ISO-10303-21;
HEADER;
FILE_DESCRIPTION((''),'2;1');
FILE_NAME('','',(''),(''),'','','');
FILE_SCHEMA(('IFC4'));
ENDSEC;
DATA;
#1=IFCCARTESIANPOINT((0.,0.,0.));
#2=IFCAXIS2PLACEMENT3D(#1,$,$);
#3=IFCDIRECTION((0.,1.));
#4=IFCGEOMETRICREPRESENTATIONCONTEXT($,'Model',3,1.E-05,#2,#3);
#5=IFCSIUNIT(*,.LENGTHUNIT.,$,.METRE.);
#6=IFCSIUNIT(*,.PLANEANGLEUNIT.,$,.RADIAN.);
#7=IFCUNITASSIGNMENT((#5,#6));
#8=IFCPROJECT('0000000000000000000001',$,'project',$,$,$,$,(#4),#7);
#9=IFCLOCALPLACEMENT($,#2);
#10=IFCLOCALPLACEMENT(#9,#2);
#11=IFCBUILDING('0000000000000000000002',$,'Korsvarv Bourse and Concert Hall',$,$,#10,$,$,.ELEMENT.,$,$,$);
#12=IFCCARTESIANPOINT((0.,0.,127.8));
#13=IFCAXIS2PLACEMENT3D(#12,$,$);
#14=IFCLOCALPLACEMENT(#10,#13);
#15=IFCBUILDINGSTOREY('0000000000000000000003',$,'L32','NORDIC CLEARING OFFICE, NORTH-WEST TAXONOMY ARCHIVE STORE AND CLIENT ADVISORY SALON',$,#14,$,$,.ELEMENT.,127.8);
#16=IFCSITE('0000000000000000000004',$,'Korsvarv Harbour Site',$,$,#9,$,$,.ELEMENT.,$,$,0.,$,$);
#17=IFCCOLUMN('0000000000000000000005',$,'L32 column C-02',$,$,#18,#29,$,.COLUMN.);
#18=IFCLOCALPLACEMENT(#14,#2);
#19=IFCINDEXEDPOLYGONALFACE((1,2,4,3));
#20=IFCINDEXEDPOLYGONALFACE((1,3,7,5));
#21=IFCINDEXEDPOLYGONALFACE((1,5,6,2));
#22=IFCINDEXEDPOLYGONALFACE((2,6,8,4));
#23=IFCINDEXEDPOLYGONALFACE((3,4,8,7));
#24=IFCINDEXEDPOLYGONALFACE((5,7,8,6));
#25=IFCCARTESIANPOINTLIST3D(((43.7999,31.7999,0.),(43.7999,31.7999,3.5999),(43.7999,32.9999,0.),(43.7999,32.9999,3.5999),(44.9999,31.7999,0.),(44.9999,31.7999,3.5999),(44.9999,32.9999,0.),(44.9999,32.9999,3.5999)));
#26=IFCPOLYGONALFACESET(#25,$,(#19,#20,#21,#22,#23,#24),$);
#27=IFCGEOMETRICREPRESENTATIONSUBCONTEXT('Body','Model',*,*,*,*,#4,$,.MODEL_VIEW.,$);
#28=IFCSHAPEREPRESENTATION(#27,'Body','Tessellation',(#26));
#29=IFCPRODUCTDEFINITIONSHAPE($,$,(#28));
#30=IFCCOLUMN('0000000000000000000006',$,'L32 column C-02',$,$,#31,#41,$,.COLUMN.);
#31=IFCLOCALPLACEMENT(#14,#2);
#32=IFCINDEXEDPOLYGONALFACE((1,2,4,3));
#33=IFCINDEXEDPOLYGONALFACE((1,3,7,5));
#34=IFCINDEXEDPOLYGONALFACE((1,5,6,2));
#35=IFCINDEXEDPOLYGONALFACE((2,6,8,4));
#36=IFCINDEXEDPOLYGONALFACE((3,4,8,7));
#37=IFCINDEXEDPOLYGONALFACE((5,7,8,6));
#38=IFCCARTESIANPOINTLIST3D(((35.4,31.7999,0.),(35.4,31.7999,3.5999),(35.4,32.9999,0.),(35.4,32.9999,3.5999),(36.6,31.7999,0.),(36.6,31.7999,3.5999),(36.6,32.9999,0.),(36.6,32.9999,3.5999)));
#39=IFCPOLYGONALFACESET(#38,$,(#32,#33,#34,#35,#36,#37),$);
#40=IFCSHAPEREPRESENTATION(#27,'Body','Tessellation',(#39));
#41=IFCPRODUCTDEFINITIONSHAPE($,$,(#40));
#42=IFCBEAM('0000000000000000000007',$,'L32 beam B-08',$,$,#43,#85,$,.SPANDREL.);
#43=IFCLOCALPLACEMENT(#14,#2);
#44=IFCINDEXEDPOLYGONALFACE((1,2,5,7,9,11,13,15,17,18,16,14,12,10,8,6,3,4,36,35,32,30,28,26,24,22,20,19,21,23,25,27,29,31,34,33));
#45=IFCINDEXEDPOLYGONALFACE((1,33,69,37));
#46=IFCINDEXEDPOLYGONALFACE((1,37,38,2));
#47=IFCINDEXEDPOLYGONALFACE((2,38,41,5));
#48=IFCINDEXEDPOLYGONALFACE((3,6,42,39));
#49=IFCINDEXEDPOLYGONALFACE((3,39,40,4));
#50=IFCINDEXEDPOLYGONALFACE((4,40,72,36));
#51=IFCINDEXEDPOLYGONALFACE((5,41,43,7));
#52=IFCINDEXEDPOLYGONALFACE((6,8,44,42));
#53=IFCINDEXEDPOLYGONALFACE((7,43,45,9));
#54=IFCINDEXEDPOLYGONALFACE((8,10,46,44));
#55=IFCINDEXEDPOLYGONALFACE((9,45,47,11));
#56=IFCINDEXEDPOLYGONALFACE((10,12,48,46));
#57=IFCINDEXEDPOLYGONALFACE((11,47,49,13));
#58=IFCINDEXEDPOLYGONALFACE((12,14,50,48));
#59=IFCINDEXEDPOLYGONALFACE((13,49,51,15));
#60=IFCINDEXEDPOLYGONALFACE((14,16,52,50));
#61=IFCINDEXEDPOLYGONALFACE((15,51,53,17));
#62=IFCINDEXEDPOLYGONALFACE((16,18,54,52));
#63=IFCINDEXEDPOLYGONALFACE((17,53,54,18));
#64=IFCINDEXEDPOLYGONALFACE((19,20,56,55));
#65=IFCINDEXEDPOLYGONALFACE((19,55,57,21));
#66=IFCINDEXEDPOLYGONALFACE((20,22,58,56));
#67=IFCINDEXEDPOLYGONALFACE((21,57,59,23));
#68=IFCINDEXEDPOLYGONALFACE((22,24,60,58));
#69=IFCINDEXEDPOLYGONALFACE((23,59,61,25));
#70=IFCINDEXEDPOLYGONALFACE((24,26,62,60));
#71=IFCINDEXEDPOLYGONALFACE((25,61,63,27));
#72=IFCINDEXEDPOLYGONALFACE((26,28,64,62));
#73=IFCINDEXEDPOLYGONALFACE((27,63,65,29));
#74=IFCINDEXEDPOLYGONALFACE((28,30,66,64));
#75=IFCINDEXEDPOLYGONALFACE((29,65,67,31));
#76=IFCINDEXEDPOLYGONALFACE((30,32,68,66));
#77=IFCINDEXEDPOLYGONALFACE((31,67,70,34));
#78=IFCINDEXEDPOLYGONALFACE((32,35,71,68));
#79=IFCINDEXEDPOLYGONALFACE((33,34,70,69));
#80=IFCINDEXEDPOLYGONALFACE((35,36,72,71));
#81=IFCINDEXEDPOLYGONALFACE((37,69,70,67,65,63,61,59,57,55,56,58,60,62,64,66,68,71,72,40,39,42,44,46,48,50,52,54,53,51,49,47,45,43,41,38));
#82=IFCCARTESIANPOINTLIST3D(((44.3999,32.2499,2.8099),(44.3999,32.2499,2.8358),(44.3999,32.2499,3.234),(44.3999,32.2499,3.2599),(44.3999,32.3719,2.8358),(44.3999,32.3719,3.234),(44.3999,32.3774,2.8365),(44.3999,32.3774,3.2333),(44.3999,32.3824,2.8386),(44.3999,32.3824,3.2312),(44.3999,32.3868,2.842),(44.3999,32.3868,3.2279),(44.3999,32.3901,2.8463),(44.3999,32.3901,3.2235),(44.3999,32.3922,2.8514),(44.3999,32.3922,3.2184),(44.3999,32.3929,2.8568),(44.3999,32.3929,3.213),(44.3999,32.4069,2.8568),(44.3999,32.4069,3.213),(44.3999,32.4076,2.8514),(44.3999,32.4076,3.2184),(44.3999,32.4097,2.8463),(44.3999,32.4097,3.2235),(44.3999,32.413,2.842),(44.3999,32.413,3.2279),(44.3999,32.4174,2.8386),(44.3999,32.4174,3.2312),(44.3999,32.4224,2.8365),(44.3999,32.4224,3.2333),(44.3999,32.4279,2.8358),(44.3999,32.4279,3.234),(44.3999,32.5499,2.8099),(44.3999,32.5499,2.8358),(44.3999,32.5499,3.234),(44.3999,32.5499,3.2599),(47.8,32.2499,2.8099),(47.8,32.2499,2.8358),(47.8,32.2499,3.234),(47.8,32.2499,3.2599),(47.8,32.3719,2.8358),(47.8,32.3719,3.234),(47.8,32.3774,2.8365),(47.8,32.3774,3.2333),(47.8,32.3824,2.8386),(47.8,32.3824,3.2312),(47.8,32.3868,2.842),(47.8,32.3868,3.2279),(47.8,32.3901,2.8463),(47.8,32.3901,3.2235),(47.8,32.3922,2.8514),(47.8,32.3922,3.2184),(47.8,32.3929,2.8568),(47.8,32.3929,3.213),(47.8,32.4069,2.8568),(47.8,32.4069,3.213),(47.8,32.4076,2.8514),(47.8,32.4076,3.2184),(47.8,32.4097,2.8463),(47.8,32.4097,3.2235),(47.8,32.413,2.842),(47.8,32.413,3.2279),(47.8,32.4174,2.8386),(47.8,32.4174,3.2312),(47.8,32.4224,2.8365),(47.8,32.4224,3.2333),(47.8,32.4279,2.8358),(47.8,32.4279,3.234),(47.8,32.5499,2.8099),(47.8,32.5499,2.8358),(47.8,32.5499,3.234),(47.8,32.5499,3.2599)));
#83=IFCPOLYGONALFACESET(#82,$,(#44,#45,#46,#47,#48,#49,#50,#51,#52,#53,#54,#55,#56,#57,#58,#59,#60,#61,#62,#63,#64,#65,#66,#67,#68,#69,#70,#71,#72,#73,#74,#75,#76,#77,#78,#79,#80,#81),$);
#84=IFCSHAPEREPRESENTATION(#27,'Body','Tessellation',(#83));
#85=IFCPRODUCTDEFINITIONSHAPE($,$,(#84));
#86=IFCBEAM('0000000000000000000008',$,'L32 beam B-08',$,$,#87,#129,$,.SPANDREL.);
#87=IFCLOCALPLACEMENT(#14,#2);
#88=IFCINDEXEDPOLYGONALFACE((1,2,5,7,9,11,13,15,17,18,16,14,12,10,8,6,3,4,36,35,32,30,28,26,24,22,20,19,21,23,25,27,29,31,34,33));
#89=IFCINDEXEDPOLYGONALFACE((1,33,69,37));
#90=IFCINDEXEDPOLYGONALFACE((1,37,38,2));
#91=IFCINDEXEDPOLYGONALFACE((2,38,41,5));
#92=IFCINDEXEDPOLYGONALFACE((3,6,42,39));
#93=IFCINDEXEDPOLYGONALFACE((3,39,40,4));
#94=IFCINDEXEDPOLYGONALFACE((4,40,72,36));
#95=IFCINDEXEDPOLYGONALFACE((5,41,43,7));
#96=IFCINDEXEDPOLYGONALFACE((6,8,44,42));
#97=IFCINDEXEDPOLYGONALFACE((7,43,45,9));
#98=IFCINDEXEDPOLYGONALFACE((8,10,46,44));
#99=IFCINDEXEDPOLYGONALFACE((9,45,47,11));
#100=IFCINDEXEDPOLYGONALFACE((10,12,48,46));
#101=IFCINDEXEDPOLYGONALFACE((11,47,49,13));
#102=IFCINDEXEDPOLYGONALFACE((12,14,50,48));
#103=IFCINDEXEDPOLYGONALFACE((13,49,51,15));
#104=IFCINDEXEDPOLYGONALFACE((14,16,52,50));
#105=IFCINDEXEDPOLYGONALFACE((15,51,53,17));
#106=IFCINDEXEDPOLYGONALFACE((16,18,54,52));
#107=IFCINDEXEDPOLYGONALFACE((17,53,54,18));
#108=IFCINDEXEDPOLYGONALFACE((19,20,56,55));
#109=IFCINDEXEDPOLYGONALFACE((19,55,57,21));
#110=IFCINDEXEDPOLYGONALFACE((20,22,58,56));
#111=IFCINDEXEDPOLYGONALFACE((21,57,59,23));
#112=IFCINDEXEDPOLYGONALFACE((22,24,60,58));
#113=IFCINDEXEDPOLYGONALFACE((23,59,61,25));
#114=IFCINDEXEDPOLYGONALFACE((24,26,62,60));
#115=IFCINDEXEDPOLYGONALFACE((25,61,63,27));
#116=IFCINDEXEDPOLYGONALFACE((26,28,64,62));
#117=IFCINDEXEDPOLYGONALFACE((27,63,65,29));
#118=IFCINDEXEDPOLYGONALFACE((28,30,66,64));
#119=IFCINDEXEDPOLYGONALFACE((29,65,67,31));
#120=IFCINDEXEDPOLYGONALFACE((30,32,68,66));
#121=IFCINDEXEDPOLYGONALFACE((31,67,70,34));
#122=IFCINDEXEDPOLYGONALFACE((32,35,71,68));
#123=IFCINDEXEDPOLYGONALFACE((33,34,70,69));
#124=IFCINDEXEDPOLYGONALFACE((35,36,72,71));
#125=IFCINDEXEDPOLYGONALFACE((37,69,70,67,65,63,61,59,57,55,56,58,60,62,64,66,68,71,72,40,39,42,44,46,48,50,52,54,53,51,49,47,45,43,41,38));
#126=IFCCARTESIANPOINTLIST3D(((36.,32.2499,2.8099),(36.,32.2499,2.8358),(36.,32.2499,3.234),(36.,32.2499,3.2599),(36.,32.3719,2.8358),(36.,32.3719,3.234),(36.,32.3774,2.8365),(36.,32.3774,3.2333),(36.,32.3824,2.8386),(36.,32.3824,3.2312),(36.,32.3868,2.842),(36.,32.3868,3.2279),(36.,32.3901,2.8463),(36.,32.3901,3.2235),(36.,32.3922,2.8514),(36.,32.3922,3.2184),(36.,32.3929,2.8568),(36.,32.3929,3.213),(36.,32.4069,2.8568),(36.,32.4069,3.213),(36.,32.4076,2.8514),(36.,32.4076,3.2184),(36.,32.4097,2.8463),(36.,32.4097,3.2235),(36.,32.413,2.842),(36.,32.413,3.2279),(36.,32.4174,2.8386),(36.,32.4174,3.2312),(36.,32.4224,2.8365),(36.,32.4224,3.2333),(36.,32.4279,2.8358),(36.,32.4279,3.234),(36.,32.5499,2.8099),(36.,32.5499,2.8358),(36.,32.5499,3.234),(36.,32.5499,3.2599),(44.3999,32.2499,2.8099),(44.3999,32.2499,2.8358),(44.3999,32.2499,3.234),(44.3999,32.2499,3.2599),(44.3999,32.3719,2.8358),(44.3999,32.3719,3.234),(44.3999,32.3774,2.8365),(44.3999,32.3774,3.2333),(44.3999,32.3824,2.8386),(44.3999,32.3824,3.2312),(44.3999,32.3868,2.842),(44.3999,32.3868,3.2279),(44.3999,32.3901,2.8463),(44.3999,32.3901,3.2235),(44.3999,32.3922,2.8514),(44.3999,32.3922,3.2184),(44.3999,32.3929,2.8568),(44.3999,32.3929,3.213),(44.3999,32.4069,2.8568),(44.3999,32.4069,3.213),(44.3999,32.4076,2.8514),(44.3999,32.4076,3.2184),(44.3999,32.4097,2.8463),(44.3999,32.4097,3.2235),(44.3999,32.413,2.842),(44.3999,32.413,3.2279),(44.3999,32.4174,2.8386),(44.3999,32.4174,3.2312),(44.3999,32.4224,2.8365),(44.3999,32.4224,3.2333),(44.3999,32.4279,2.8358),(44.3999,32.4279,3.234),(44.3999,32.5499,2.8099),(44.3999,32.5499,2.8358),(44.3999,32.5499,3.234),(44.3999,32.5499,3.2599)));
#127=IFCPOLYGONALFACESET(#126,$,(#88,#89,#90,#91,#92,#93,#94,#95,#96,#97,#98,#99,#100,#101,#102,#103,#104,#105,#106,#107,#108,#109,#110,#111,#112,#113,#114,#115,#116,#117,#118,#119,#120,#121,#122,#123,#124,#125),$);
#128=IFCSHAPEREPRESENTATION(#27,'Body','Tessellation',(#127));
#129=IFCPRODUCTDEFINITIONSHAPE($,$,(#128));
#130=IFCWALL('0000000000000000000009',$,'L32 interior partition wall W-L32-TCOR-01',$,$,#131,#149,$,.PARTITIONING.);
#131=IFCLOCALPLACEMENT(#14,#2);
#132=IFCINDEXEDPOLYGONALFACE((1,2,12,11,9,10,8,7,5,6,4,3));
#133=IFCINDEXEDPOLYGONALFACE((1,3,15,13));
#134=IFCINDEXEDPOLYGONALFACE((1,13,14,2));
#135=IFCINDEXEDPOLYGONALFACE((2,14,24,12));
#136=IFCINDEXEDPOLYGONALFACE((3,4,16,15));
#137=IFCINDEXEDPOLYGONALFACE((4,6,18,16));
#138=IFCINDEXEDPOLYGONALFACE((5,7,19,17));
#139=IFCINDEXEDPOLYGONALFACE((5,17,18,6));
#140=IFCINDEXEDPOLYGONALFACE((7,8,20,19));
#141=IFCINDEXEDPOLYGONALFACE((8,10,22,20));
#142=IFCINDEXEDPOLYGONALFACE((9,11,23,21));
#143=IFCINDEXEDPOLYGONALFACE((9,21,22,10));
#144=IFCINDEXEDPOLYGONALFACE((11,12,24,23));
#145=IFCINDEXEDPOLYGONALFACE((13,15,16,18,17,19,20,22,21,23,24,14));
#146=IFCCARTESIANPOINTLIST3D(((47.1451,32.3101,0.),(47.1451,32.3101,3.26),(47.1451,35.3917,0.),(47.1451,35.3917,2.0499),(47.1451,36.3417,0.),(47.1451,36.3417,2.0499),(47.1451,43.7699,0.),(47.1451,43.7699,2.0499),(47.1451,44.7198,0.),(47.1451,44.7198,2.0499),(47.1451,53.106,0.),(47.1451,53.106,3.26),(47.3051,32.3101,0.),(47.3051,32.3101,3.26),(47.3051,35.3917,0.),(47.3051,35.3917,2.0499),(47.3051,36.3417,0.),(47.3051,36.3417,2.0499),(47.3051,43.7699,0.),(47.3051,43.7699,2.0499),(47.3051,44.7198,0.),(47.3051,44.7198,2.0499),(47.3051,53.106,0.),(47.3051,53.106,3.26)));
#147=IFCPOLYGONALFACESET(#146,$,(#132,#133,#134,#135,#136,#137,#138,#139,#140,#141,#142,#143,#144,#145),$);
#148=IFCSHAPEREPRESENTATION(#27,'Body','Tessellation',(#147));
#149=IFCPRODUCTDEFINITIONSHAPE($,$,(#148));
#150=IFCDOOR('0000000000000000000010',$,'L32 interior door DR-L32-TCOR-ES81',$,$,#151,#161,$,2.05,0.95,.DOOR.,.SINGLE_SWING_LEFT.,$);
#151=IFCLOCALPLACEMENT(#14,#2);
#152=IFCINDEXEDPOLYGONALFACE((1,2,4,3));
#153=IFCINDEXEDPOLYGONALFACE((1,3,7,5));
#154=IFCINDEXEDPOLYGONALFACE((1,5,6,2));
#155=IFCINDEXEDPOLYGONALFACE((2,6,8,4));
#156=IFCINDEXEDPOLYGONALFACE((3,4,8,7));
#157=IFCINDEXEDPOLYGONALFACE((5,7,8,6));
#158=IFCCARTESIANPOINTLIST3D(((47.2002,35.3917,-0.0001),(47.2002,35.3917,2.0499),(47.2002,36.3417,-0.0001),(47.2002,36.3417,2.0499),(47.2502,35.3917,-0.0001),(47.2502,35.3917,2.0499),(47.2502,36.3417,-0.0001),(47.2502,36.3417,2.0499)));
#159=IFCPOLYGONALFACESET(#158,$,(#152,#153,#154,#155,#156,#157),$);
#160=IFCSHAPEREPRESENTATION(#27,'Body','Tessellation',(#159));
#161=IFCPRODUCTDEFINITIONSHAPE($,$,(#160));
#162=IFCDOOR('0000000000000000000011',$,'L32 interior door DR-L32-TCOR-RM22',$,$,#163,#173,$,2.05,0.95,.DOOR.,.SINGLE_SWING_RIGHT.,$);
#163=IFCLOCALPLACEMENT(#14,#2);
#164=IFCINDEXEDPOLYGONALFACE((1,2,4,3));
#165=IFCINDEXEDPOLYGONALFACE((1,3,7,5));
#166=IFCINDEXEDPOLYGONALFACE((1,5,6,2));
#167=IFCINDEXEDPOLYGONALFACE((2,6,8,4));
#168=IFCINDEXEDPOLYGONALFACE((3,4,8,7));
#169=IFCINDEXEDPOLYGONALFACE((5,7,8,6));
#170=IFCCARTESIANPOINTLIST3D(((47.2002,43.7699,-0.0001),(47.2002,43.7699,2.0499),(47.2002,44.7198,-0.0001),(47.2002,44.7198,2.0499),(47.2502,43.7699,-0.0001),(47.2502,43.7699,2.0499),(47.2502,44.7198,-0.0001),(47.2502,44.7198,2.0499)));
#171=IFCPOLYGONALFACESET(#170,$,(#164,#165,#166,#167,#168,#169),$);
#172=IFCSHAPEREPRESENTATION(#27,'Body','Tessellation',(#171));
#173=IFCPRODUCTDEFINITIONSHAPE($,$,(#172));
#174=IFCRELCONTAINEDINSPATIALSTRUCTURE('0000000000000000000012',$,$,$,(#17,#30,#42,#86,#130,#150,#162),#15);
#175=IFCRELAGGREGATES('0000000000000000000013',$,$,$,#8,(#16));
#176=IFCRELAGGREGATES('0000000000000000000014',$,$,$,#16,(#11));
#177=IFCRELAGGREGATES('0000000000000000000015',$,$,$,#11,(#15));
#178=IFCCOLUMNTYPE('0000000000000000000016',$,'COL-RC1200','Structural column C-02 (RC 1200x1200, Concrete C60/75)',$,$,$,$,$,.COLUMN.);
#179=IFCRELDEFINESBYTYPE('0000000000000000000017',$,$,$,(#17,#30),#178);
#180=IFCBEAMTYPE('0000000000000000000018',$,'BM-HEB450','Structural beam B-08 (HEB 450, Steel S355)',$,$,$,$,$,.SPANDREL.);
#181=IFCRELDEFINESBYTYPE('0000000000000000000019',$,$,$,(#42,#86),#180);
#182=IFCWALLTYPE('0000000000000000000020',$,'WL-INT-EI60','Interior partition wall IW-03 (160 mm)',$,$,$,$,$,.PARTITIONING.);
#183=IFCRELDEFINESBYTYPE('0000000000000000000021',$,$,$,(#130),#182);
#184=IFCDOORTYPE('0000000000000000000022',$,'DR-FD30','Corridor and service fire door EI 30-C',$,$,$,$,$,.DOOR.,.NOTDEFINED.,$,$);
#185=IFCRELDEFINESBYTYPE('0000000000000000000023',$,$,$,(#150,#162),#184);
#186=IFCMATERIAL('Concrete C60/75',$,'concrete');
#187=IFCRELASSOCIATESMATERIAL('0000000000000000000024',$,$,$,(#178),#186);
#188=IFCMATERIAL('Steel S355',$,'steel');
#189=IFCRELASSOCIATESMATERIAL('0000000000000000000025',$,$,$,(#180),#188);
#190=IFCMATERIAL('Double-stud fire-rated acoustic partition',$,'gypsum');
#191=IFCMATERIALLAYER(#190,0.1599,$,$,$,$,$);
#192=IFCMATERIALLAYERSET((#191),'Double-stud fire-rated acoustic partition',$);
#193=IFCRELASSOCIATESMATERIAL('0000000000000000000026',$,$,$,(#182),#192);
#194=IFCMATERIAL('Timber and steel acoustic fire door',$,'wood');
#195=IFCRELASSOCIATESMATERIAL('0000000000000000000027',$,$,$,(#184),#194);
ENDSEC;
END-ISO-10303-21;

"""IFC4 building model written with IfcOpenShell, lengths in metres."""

from ifc_helpers import new_model, si_unit, direction, frame, frame_2d, origin, origin_2d, place, context, subcontext, project, spatial, rectangle, i_section, extrude, source, transform, mapped, material, layer, layer_set, material_profile, profile_set, type_object, element, fill, save


model = new_model("IFC4")

# Units and contexts
model_context = context("Model", 3, precision=1e-05, world=origin(), true_north=direction((0.0, 1.0)))
body_context = subcontext(model_context, "Body", "Model", "MODEL_VIEW")
ifc_project = project(units=[si_unit("LENGTHUNIT", "METRE"), si_unit("PLANEANGLEUNIT", "RADIAN")], contexts=[model_context])

# Site, building, storey
site_placement = place(None, origin())
site = spatial("IfcSite", under=ifc_project, at=site_placement, Name="Korsvarv Harbour Site", CompositionType="ELEMENT", RefElevation=0.0)
building_placement = place(site_placement, origin())
building = spatial("IfcBuilding", under=site, at=building_placement, Name="Korsvarv Bourse and Concert Hall", CompositionType="ELEMENT")
storey_placement = place(building_placement, frame((0.0, 0.0, 127.8)))
storey = spatial("IfcBuildingStorey", under=building, at=storey_placement, Name="L32", Description="NORDIC CLEARING OFFICE, NORTH-WEST TAXONOMY ARCHIVE STORE AND CLIENT ADVISORY SALON", CompositionType="ELEMENT", Elevation=127.8)

# Columns
ifc_material_1 = material(Name="Concrete C60/75", Category="concrete")
ifc_material_profile_1 = material_profile(ifc_material_1, rectangle(XDim=1.2, YDim=1.2, at=origin_2d()), Name="RC 1200x1200")
ifc_profile_set_1 = profile_set([ifc_material_profile_1], Name="Concrete C60/75")
column_type = type_object("IfcColumnType", Name="COL-RC1200", Description="Structural column C-02 (RC 1200x1200, Concrete C60/75)", PredefinedType="COLUMN", material=ifc_profile_set_1)
shared_shape_1 = source(origin(), body_context, "Body", "SweptSolid", [
    extrude(rectangle(XDim=1.2, YDim=1.2, at=origin_2d()), origin(), (0.0, 0.0, 1.0), 3.5999),
])
for number, where, z_axis, x_axis, name in (
    (1, (44.3999, 32.3999, 0.0), (0.0, 0.0, 1.0), (1.0, 0.0, 0.0), "L32 column C-02"),
    (2, (36.0, 32.3999, 0.0), (0.0, 0.0, 1.0), (1.0, 0.0, 0.0), "L32 column C-02"),
):
    element("IfcColumn", number, at=place(storey_placement, frame(where, z_axis=z_axis, x_axis=x_axis)), inside=storey, type_object=column_type, Name=name, PredefinedType="COLUMN", context=body_context, shape_type="MappedRepresentation", body=[
        mapped(shared_shape_1, transform((0.0, 0.0, 0.0), scale=1.0)),
    ])

# Beams
ifc_material_2 = material(Name="Steel S355", Category="steel")
ifc_material_profile_2 = material_profile(ifc_material_2, i_section(OverallWidth=0.3, OverallDepth=0.45, WebThickness=0.0139, FlangeThickness=0.0259, FilletRadius=0.021, at=origin_2d()), Name="HEB 450")
ifc_profile_set_2 = profile_set([ifc_material_profile_2], Name="Steel S355")
beam_type = type_object("IfcBeamType", Name="BM-HEB450", Description="Structural beam B-08 (HEB 450, Steel S355)", PredefinedType="SPANDREL", material=ifc_profile_set_2)
shared_shape_2 = source(origin(), body_context, "Body", "SweptSolid", [
    extrude(i_section(OverallWidth=0.3, OverallDepth=0.45, WebThickness=0.0139, FlangeThickness=0.0259, FilletRadius=0.021, at=origin_2d()), origin(), (0.0, 0.0, 1.0), 3.4001),
])
beam_1_placement = place(storey_placement, frame((44.3999, 32.3999, 3.0349), z_axis=(1.0, 0.0, 0.0), x_axis=(0.0, 1.0, 0.0)))
element("IfcBeam", 3, at=beam_1_placement, inside=storey, type_object=beam_type, Name="L32 beam B-08", PredefinedType="SPANDREL", context=body_context, shape_type="MappedRepresentation", body=[
    mapped(shared_shape_2, transform((0.0, 0.0, 0.0), scale=1.0)),
])
shared_shape_3 = source(origin(), body_context, "Body", "SweptSolid", [
    extrude(i_section(OverallWidth=0.3, OverallDepth=0.45, WebThickness=0.0139, FlangeThickness=0.0259, FilletRadius=0.021, at=origin_2d()), origin(), (0.0, 0.0, 1.0), 8.3999),
])
beam_2_placement = place(storey_placement, frame((36.0, 32.3999, 3.0349), z_axis=(1.0, 0.0, 0.0), x_axis=(0.0, 1.0, 0.0)))
element("IfcBeam", 4, at=beam_2_placement, inside=storey, type_object=beam_type, Name="L32 beam B-08", PredefinedType="SPANDREL", context=body_context, shape_type="MappedRepresentation", body=[
    mapped(shared_shape_3, transform((0.0, 0.0, 0.0), scale=1.0)),
])

# Wall, openings, doors
ifc_material_3 = material(Name="Double-stud fire-rated acoustic partition", Category="gypsum")
ifc_layer_1 = layer(ifc_material_3, 0.1599)
ifc_layer_set_1 = layer_set([ifc_layer_1], Name="Double-stud fire-rated acoustic partition")
wall_type_1 = type_object("IfcWallType", Name="WL-INT-EI60", Description="Interior partition wall IW-03 (160 mm)", PredefinedType="PARTITIONING", material=ifc_layer_set_1)
wall_1_placement = place(storey_placement, frame((47.2251, 32.3101, 0.0), z_axis=(0.0, 0.0, 1.0), x_axis=(0.0, 1.0, 0.0)))
wall_1 = element("IfcWall", 5, at=wall_1_placement, inside=storey, type_object=wall_type_1, Name="L32 interior partition wall W-L32-TCOR-01", PredefinedType="PARTITIONING", context=body_context, shape_type="SweptSolid", body=[
    extrude(rectangle(XDim=20.7959, YDim=0.1599, at=frame_2d((10.3979, 0.0))), origin(), (0.0, 0.0, 1.0), 3.26),
])
opening_1_placement = place(wall_1_placement, frame((3.0815, 0.0, 0.0)))
opening_1 = element("IfcOpeningElement", 6, at=opening_1_placement, cuts=wall_1, PredefinedType="OPENING", context=body_context, shape_type="SweptSolid", body=[
    extrude(rectangle(XDim=0.95, YDim=2.05, at=frame_2d((0.4751, 1.0249))), frame((0.0, 0.0898, 0.0), z_axis=(0.0, -1.0, 0.0), x_axis=(1.0, 0.0, 0.0)), (0.0, 0.0, 1.0), 0.1799),
])
opening_2_placement = place(wall_1_placement, frame((11.4597, 0.0, 0.0)))
opening_2 = element("IfcOpeningElement", 7, at=opening_2_placement, cuts=wall_1, PredefinedType="OPENING", context=body_context, shape_type="SweptSolid", body=[
    extrude(rectangle(XDim=0.95, YDim=2.05, at=frame_2d((0.4751, 1.0249))), frame((0.0, 0.0898, 0.0), z_axis=(0.0, -1.0, 0.0), x_axis=(1.0, 0.0, 0.0)), (0.0, 0.0, 1.0), 0.1799),
])
ifc_material_4 = material(Name="Timber and steel acoustic fire door", Category="wood")
door_type = type_object("IfcDoorType", Name="DR-FD30", Description="Corridor and service fire door EI 30-C", OperationType="NOTDEFINED", PredefinedType="DOOR", material=ifc_material_4)
door_1_placement = place(opening_1_placement, origin())
door_1 = element("IfcDoor", 8, at=door_1_placement, inside=storey, type_object=door_type, Name="L32 interior door DR-L32-TCOR-ES81", OperationType="SINGLE_SWING_LEFT", OverallHeight=2.05, OverallWidth=0.95, PredefinedType="DOOR", context=body_context, shape_type="SweptSolid", body=[
    extrude(rectangle(XDim=0.95, YDim=2.05, at=frame_2d((0.4751, 1.0249))), frame((0.0, 0.0249, 0.0), z_axis=(0.0, -1.0, 0.0), x_axis=(1.0, 0.0, 0.0)), (0.0, 0.0, 1.0), 0.05),
])
fill(opening_1, door_1)
door_2_placement = place(opening_2_placement, origin())
door_2 = element("IfcDoor", 9, at=door_2_placement, inside=storey, type_object=door_type, Name="L32 interior door DR-L32-TCOR-RM22", OperationType="SINGLE_SWING_RIGHT", OverallHeight=2.05, OverallWidth=0.95, PredefinedType="DOOR", context=body_context, shape_type="SweptSolid", body=[
    extrude(rectangle(XDim=0.95, YDim=2.05, at=frame_2d((0.4751, 1.0249))), frame((0.0, 0.0249, 0.0), z_axis=(0.0, -1.0, 0.0), x_axis=(1.0, 0.0, 0.0)), (0.0, 0.0, 1.0), 0.05),
])
fill(opening_2, door_2)

save(model, "model.ifc")
